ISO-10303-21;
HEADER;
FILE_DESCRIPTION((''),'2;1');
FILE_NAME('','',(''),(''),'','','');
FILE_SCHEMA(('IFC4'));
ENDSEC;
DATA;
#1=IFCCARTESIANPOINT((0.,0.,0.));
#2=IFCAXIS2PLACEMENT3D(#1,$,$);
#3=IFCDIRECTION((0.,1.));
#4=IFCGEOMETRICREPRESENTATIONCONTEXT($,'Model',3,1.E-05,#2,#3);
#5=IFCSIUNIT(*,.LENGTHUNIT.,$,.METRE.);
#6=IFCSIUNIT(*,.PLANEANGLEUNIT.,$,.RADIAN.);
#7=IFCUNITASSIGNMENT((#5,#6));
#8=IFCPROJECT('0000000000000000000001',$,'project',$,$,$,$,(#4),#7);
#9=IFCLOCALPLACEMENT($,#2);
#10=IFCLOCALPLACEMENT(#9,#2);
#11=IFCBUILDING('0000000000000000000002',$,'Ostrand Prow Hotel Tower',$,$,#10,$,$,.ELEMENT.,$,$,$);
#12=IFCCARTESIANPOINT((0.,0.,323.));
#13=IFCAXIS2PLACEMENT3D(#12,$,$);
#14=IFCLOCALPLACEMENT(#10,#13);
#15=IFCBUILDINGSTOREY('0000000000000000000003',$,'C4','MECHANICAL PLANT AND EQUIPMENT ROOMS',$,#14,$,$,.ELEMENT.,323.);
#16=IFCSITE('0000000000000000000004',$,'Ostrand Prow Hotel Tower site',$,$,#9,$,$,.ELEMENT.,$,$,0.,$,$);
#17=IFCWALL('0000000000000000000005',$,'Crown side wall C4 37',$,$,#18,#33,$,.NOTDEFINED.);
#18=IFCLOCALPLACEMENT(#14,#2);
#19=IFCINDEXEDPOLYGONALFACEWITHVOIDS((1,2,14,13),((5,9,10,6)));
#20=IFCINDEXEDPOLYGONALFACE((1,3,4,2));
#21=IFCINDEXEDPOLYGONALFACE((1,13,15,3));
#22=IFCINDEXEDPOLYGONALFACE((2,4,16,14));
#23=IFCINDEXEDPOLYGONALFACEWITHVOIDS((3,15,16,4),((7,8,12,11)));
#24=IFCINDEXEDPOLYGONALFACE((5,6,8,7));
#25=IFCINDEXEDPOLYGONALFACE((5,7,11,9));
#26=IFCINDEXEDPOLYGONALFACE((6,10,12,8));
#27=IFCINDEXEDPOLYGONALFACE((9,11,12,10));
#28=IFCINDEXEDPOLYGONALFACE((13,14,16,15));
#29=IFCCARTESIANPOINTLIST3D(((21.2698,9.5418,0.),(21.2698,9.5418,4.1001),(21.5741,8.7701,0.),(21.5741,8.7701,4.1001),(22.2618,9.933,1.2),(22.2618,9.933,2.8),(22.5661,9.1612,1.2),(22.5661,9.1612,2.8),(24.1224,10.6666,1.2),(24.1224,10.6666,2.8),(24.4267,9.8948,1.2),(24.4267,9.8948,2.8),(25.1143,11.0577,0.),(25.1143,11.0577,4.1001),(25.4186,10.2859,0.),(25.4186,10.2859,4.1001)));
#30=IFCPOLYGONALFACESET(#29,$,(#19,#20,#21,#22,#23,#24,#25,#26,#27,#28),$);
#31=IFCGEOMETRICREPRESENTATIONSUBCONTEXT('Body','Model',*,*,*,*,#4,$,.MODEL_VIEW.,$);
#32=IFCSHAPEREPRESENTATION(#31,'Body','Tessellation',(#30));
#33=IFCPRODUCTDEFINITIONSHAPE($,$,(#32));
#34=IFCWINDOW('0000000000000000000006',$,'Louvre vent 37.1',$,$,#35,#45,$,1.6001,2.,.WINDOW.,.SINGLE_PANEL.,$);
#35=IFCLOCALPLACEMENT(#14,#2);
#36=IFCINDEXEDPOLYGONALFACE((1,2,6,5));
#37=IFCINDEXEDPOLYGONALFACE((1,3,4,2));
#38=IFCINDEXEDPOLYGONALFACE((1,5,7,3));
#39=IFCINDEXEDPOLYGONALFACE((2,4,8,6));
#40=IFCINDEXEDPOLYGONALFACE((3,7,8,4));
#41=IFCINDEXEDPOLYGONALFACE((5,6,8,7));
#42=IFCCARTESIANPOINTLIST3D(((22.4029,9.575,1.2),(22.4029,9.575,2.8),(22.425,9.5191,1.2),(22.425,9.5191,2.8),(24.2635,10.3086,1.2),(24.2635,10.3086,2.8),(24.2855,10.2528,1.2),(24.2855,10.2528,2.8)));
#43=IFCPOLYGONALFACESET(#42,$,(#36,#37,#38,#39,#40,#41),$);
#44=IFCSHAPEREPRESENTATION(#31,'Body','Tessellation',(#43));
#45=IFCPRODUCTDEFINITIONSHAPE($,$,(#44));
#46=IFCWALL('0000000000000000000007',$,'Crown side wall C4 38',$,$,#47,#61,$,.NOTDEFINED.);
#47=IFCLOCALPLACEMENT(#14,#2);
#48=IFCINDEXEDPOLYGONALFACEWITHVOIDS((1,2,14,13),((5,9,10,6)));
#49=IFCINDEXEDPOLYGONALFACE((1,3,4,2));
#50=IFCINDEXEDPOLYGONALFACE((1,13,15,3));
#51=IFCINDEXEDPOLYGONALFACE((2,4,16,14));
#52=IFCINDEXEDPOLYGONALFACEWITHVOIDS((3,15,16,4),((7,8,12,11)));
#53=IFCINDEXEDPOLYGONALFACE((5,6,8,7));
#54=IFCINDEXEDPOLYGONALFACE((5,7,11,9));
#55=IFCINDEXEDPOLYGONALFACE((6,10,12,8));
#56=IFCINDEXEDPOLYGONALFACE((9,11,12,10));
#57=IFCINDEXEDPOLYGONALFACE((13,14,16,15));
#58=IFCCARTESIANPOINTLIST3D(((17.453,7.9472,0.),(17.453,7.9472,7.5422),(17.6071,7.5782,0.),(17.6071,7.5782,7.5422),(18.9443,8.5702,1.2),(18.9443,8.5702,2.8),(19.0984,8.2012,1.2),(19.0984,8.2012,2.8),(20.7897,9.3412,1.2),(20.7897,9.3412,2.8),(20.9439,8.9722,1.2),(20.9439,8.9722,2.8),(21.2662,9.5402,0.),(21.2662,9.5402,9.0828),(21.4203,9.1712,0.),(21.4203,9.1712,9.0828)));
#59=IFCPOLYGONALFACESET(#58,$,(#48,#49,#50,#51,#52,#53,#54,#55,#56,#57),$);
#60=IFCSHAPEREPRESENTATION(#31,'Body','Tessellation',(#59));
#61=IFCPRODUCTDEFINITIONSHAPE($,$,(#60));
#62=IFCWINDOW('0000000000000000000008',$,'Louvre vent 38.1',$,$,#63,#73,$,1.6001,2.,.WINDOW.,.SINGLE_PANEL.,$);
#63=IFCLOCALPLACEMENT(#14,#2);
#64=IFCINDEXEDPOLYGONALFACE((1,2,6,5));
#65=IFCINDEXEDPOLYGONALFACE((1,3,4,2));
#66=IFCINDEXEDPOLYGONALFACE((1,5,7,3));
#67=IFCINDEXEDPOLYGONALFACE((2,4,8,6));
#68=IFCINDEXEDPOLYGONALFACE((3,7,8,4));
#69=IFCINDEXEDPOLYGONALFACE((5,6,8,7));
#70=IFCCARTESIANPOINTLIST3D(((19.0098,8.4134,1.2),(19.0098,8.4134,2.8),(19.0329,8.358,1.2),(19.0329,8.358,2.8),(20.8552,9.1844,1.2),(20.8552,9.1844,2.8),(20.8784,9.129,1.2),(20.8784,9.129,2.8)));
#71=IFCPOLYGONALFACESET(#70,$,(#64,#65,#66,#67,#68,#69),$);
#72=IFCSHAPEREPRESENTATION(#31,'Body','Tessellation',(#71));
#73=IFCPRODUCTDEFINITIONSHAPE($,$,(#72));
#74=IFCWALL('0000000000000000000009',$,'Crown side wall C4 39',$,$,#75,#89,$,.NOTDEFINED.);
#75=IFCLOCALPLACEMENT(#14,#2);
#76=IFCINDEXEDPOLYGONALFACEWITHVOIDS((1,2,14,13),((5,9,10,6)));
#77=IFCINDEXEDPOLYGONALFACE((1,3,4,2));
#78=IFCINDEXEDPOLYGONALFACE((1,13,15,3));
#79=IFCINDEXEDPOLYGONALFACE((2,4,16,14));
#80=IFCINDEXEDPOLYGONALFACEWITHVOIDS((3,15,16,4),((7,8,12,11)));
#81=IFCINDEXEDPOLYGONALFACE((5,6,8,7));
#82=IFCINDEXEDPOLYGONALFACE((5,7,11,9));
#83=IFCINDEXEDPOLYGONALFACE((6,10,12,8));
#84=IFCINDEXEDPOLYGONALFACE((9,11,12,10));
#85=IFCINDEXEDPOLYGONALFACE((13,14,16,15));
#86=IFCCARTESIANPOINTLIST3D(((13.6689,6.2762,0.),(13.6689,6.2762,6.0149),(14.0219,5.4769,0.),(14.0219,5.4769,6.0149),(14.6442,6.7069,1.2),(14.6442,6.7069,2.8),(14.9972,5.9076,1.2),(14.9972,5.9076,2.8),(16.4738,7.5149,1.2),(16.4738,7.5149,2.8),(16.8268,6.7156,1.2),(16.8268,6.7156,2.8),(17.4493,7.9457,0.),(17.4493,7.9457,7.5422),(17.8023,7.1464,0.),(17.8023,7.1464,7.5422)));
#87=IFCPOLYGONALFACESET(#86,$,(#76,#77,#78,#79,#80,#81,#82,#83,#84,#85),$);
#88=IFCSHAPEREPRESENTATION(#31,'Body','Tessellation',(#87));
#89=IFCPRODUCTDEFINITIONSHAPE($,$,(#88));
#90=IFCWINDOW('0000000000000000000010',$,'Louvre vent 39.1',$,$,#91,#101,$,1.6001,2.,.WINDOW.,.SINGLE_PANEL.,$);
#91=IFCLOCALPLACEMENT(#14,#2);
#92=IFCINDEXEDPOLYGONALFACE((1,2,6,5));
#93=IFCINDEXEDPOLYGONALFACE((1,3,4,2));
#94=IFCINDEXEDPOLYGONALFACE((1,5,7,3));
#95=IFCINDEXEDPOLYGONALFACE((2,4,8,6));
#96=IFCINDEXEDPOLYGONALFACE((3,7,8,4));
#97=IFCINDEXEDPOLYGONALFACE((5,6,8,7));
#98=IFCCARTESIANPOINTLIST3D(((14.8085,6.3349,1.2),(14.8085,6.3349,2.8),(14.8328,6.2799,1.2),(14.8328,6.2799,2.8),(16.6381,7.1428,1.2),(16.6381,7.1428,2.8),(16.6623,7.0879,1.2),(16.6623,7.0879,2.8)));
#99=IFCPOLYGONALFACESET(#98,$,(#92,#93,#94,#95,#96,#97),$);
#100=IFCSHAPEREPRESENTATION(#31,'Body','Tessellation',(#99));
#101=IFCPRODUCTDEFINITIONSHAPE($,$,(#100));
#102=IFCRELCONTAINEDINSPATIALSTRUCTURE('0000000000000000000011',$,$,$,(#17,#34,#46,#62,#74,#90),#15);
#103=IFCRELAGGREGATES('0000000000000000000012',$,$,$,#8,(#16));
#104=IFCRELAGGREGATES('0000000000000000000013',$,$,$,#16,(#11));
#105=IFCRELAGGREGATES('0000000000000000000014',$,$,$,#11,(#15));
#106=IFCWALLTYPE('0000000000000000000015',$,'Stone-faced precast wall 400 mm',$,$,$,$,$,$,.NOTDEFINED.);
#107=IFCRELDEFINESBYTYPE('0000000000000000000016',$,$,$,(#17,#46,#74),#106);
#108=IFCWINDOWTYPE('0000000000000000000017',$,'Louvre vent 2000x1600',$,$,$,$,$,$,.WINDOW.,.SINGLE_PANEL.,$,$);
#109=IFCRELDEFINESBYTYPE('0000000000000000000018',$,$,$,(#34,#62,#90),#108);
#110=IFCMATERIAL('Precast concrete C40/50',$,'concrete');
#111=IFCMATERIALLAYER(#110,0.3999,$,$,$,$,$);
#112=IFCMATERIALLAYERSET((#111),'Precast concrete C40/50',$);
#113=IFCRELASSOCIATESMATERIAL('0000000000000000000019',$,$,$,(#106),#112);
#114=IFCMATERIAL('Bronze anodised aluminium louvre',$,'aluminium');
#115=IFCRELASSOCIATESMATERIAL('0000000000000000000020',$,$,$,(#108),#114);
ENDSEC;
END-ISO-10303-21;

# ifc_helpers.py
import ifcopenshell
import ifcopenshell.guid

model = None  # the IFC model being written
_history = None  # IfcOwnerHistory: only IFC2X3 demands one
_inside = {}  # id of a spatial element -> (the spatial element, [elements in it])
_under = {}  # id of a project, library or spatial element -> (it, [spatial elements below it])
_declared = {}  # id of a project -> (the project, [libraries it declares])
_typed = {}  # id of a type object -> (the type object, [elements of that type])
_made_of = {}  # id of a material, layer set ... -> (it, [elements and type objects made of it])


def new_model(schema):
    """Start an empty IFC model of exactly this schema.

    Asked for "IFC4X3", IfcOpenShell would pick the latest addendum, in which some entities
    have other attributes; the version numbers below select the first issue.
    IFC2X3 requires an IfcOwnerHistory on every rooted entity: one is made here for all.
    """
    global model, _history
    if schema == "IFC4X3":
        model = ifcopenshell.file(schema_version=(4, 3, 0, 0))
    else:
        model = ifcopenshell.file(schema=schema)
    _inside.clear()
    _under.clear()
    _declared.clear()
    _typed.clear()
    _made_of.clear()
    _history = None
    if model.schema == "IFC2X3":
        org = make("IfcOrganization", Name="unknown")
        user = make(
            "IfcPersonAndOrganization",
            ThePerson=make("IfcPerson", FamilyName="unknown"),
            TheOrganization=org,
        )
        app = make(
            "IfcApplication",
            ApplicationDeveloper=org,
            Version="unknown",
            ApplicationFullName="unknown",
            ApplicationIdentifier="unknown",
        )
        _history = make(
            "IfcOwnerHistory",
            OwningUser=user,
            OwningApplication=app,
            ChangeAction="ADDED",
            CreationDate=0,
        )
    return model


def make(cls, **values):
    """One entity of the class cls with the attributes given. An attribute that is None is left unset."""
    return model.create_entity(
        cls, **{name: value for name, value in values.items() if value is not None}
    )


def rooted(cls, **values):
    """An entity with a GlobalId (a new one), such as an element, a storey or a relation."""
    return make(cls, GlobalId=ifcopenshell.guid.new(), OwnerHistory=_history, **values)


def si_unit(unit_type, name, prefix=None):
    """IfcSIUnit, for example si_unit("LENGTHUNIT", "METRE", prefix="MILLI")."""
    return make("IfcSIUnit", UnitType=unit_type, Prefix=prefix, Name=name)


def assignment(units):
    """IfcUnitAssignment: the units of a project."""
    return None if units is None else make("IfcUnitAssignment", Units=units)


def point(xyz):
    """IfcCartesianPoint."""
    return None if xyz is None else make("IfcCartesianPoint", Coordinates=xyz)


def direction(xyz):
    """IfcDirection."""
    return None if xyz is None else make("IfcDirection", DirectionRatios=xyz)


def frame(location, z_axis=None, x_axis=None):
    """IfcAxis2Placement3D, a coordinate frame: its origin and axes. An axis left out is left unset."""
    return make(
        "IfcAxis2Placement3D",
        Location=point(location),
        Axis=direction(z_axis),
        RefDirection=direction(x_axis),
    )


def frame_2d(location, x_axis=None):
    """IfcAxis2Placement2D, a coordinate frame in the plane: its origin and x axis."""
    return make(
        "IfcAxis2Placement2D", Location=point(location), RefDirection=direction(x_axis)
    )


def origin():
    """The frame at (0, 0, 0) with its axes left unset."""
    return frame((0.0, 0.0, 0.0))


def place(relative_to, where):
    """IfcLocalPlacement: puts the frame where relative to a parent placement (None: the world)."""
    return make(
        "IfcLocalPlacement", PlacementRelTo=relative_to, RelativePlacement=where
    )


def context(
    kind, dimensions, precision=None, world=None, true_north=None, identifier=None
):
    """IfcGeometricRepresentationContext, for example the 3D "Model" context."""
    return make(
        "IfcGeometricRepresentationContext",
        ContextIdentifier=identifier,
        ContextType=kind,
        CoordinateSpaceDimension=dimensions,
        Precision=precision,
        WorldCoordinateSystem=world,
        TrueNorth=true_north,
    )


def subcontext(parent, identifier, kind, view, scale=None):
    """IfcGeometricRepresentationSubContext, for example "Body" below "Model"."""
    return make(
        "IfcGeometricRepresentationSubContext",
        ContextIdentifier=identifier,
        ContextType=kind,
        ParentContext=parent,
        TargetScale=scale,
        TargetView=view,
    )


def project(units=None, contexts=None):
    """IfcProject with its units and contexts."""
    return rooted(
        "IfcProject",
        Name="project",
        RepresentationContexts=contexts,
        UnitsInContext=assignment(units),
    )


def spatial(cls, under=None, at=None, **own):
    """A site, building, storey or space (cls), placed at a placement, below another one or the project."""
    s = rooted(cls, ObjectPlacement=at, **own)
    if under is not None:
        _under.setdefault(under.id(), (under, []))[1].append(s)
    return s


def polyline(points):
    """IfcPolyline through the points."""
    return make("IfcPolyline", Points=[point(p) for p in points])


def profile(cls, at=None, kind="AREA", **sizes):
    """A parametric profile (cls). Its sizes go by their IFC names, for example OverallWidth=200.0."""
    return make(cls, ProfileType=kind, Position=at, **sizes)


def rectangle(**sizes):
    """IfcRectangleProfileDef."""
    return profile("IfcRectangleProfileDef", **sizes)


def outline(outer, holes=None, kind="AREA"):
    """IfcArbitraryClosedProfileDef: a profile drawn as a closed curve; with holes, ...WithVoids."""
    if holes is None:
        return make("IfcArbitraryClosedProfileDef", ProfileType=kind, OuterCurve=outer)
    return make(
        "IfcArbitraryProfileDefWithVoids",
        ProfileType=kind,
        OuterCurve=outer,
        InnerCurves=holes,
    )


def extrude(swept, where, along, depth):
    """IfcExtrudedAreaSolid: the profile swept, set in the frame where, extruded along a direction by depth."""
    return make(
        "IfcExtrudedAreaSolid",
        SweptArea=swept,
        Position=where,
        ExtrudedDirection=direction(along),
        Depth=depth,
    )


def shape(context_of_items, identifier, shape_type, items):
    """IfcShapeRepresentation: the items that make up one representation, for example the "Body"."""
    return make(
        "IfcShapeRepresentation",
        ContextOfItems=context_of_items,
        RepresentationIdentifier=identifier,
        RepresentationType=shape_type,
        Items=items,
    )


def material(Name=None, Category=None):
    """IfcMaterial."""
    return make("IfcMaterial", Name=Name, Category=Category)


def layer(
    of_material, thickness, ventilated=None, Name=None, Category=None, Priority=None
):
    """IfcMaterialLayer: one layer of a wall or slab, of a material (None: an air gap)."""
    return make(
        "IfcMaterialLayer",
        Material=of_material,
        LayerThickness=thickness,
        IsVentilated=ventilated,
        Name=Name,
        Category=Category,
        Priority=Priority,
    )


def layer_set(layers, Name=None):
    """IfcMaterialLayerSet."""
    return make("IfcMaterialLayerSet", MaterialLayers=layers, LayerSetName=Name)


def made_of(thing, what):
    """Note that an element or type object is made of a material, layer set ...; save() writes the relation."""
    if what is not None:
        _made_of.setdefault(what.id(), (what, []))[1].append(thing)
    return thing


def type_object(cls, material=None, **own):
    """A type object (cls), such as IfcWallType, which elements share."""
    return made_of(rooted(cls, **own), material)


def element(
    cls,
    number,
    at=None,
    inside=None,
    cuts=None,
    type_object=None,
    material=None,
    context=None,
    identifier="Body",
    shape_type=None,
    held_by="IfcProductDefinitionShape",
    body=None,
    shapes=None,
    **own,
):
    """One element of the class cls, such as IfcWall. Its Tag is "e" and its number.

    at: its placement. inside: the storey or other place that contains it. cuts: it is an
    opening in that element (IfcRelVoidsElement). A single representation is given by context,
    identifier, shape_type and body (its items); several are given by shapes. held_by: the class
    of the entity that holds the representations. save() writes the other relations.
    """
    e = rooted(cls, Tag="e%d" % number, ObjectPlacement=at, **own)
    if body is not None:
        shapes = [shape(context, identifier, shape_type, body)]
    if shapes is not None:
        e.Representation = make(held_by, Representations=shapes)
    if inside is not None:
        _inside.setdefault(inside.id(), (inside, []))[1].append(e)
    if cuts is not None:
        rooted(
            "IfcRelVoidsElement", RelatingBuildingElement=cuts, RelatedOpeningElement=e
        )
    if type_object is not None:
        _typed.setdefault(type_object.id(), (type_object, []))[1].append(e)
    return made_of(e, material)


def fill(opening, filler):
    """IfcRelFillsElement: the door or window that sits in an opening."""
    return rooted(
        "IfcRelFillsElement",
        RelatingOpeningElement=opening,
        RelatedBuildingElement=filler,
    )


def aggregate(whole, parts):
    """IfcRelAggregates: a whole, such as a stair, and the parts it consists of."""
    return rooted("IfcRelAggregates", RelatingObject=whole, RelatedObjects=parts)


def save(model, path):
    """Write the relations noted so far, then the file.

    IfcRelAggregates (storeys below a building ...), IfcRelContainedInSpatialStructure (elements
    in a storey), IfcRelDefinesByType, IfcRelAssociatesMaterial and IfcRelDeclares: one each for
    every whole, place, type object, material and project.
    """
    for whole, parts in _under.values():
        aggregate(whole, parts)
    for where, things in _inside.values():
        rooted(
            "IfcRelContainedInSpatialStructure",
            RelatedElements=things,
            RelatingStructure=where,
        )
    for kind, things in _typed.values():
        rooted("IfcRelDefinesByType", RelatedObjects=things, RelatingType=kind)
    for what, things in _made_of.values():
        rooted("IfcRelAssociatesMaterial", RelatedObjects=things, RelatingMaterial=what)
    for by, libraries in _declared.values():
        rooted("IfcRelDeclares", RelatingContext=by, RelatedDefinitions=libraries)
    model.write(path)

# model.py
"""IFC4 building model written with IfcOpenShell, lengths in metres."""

from ifc_helpers import new_model, si_unit, direction, frame, frame_2d, origin, place, context, subcontext, project, spatial, polyline, rectangle, outline, extrude, material, layer, layer_set, type_object, element, fill, save


model = new_model("IFC4")

# Units and contexts
model_context = context("Model", 3, precision=1e-05, world=origin(), true_north=direction((0.0, 1.0)))
body_context = subcontext(model_context, "Body", "Model", "MODEL_VIEW")
ifc_project = project(units=[si_unit("LENGTHUNIT", "METRE"), si_unit("PLANEANGLEUNIT", "RADIAN")], contexts=[model_context])

# Site, building, storey
site_placement = place(None, origin())
site = spatial("IfcSite", under=ifc_project, at=site_placement, Name="Ostrand Prow Hotel Tower site", CompositionType="ELEMENT", RefElevation=0.0)
building_placement = place(site_placement, origin())
building = spatial("IfcBuilding", under=site, at=building_placement, Name="Ostrand Prow Hotel Tower", CompositionType="ELEMENT")
storey_placement = place(building_placement, frame((0.0, 0.0, 323.0)))
storey = spatial("IfcBuildingStorey", under=building, at=storey_placement, Name="C4", Description="MECHANICAL PLANT AND EQUIPMENT ROOMS", CompositionType="ELEMENT", Elevation=323.0)

# Walls, openings, windows
ifc_material_1 = material(Name="Precast concrete C40/50", Category="concrete")
ifc_layer_1 = layer(ifc_material_1, 0.3999)
ifc_layer_set_1 = layer_set([ifc_layer_1], Name="Precast concrete C40/50")
wall_type_1 = type_object("IfcWallType", Name="Stone-faced precast wall 400 mm", PredefinedType="NOTDEFINED", material=ifc_layer_set_1)
wall_1_placement = place(storey_placement, frame((25.2666, 10.6719, 0.0), z_axis=(0.0, 0.0, 1.0), x_axis=(-0.930295, -0.366813, 0.0)))
wall_1 = element("IfcWall", 1, at=wall_1_placement, inside=storey, type_object=wall_type_1, Name="Crown side wall C4 37", PredefinedType="NOTDEFINED", context=body_context, shape_type="SweptSolid", body=[
    extrude(rectangle(XDim=4.1326, YDim=0.8296, at=frame_2d((2.0664, 0.0))), origin(), (0.0, 0.0, 1.0), 4.1001),
])
opening_1_placement = place(wall_1_placement, frame((1.0664, 0.0, 1.2)))
opening_1 = element("IfcOpeningElement", 2, at=opening_1_placement, cuts=wall_1, PredefinedType="OPENING", context=body_context, shape_type="SweptSolid", body=[
    extrude(rectangle(XDim=2.0, YDim=1.6001, at=frame_2d((1.0, 0.8))), frame((0.0, 0.4248, 0.0), z_axis=(0.0, -1.0, 0.0), x_axis=(1.0, 0.0, 0.0)), (0.0, 0.0, 1.0), 0.8496),
])
ifc_material_2 = material(Name="Bronze anodised aluminium louvre", Category="aluminium")
window_type = type_object("IfcWindowType", Name="Louvre vent 2000x1600", PartitioningType="SINGLE_PANEL", PredefinedType="WINDOW", material=ifc_material_2)
window_1_placement = place(opening_1_placement, origin())
window_1 = element("IfcWindow", 3, at=window_1_placement, inside=storey, type_object=window_type, Name="Louvre vent 37.1", OverallHeight=1.6001, OverallWidth=2.0, PartitioningType="SINGLE_PANEL", PredefinedType="WINDOW", context=body_context, shape_type="SweptSolid", body=[
    extrude(rectangle(XDim=2.0, YDim=1.6001, at=frame_2d((1.0, 0.8))), frame((0.0, 0.03, 0.0), z_axis=(0.0, -1.0, 0.0), x_axis=(1.0, 0.0, 0.0)), (0.0, 0.0, 1.0), 0.0601),
])
fill(opening_1, window_1)
wall_2_placement = place(storey_placement, frame((21.3433, 9.3557, 0.0), z_axis=(0.0, 0.0, 1.0), x_axis=(-0.922718, -0.385475, 0.0)))
wall_2 = element("IfcWall", 4, at=wall_2_placement, inside=storey, type_object=wall_type_1, Name="Crown side wall C4 38", PredefinedType="NOTDEFINED", context=body_context, shape_type="SweptSolid", body=[
    extrude(outline(polyline([(0.0, 0.0), (4.1326, 0.0), (4.1326, 7.5422), (0.0, 9.0828), (0.0, 0.0)])), frame((0.0, 0.2, 0.0), z_axis=(0.0, -1.0, 0.0), x_axis=(1.0, 0.0, 0.0)), (0.0, 0.0, 1.0), 0.3999),
])
opening_2_placement = place(wall_2_placement, frame((0.5164, 0.0, 1.2)))
opening_2 = element("IfcOpeningElement", 5, at=opening_2_placement, cuts=wall_2, PredefinedType="OPENING", context=body_context, shape_type="SweptSolid", body=[
    extrude(rectangle(XDim=2.0, YDim=1.6001, at=frame_2d((1.0, 0.8))), frame((0.0, 0.21, 0.0), z_axis=(0.0, -1.0, 0.0), x_axis=(1.0, 0.0, 0.0)), (0.0, 0.0, 1.0), 0.4199),
])
window_2_placement = place(opening_2_placement, origin())
window_2 = element("IfcWindow", 6, at=window_2_placement, inside=storey, type_object=window_type, Name="Louvre vent 38.1", OverallHeight=1.6001, OverallWidth=2.0, PartitioningType="SINGLE_PANEL", PredefinedType="WINDOW", context=body_context, shape_type="SweptSolid", body=[
    extrude(rectangle(XDim=2.0, YDim=1.6001, at=frame_2d((1.0, 0.8))), frame((0.0, 0.03, 0.0), z_axis=(0.0, -1.0, 0.0), x_axis=(1.0, 0.0, 0.0)), (0.0, 0.0, 1.0), 0.0601),
])
fill(opening_2, window_2)
wall_3_placement = place(storey_placement, frame((17.6257, 7.5461, 0.0), z_axis=(0.0, 0.0, 1.0), x_axis=(-0.914769, -0.403978, 0.0)))
wall_3 = element("IfcWall", 7, at=wall_3_placement, inside=storey, type_object=wall_type_1, Name="Crown side wall C4 39", PredefinedType="NOTDEFINED", context=body_context, shape_type="SweptSolid", body=[
    extrude(outline(polyline([(0.0, 0.0), (4.1326, 0.0), (4.1326, 6.0149), (0.0, 7.5422), (0.0, 0.0)])), frame((0.0, 0.437, 0.0), z_axis=(0.0, -1.0, 0.0), x_axis=(1.0, 0.0, 0.0)), (0.0, 0.0, 1.0), 0.8738),
])
opening_3_placement = place(wall_3_placement, frame((1.0664, 0.0, 1.2)))
opening_3 = element("IfcOpeningElement", 8, at=opening_3_placement, cuts=wall_3, PredefinedType="OPENING", context=body_context, shape_type="SweptSolid", body=[
    extrude(rectangle(XDim=2.0, YDim=1.6001, at=frame_2d((1.0, 0.8))), frame((0.0, 0.4468, 0.0), z_axis=(0.0, -1.0, 0.0), x_axis=(1.0, 0.0, 0.0)), (0.0, 0.0, 1.0), 0.8938),
])
window_3_placement = place(opening_3_placement, origin())
window_3 = element("IfcWindow", 9, at=window_3_placement, inside=storey, type_object=window_type, Name="Louvre vent 39.1", OverallHeight=1.6001, OverallWidth=2.0, PartitioningType="SINGLE_PANEL", PredefinedType="WINDOW", context=body_context, shape_type="SweptSolid", body=[
    extrude(rectangle(XDim=2.0, YDim=1.6001, at=frame_2d((1.0, 0.8))), frame((0.0, 0.03, 0.0), z_axis=(0.0, -1.0, 0.0), x_axis=(1.0, 0.0, 0.0)), (0.0, 0.0, 1.0), 0.0601),
])
fill(opening_3, window_3)

save(model, "model.ifc")
